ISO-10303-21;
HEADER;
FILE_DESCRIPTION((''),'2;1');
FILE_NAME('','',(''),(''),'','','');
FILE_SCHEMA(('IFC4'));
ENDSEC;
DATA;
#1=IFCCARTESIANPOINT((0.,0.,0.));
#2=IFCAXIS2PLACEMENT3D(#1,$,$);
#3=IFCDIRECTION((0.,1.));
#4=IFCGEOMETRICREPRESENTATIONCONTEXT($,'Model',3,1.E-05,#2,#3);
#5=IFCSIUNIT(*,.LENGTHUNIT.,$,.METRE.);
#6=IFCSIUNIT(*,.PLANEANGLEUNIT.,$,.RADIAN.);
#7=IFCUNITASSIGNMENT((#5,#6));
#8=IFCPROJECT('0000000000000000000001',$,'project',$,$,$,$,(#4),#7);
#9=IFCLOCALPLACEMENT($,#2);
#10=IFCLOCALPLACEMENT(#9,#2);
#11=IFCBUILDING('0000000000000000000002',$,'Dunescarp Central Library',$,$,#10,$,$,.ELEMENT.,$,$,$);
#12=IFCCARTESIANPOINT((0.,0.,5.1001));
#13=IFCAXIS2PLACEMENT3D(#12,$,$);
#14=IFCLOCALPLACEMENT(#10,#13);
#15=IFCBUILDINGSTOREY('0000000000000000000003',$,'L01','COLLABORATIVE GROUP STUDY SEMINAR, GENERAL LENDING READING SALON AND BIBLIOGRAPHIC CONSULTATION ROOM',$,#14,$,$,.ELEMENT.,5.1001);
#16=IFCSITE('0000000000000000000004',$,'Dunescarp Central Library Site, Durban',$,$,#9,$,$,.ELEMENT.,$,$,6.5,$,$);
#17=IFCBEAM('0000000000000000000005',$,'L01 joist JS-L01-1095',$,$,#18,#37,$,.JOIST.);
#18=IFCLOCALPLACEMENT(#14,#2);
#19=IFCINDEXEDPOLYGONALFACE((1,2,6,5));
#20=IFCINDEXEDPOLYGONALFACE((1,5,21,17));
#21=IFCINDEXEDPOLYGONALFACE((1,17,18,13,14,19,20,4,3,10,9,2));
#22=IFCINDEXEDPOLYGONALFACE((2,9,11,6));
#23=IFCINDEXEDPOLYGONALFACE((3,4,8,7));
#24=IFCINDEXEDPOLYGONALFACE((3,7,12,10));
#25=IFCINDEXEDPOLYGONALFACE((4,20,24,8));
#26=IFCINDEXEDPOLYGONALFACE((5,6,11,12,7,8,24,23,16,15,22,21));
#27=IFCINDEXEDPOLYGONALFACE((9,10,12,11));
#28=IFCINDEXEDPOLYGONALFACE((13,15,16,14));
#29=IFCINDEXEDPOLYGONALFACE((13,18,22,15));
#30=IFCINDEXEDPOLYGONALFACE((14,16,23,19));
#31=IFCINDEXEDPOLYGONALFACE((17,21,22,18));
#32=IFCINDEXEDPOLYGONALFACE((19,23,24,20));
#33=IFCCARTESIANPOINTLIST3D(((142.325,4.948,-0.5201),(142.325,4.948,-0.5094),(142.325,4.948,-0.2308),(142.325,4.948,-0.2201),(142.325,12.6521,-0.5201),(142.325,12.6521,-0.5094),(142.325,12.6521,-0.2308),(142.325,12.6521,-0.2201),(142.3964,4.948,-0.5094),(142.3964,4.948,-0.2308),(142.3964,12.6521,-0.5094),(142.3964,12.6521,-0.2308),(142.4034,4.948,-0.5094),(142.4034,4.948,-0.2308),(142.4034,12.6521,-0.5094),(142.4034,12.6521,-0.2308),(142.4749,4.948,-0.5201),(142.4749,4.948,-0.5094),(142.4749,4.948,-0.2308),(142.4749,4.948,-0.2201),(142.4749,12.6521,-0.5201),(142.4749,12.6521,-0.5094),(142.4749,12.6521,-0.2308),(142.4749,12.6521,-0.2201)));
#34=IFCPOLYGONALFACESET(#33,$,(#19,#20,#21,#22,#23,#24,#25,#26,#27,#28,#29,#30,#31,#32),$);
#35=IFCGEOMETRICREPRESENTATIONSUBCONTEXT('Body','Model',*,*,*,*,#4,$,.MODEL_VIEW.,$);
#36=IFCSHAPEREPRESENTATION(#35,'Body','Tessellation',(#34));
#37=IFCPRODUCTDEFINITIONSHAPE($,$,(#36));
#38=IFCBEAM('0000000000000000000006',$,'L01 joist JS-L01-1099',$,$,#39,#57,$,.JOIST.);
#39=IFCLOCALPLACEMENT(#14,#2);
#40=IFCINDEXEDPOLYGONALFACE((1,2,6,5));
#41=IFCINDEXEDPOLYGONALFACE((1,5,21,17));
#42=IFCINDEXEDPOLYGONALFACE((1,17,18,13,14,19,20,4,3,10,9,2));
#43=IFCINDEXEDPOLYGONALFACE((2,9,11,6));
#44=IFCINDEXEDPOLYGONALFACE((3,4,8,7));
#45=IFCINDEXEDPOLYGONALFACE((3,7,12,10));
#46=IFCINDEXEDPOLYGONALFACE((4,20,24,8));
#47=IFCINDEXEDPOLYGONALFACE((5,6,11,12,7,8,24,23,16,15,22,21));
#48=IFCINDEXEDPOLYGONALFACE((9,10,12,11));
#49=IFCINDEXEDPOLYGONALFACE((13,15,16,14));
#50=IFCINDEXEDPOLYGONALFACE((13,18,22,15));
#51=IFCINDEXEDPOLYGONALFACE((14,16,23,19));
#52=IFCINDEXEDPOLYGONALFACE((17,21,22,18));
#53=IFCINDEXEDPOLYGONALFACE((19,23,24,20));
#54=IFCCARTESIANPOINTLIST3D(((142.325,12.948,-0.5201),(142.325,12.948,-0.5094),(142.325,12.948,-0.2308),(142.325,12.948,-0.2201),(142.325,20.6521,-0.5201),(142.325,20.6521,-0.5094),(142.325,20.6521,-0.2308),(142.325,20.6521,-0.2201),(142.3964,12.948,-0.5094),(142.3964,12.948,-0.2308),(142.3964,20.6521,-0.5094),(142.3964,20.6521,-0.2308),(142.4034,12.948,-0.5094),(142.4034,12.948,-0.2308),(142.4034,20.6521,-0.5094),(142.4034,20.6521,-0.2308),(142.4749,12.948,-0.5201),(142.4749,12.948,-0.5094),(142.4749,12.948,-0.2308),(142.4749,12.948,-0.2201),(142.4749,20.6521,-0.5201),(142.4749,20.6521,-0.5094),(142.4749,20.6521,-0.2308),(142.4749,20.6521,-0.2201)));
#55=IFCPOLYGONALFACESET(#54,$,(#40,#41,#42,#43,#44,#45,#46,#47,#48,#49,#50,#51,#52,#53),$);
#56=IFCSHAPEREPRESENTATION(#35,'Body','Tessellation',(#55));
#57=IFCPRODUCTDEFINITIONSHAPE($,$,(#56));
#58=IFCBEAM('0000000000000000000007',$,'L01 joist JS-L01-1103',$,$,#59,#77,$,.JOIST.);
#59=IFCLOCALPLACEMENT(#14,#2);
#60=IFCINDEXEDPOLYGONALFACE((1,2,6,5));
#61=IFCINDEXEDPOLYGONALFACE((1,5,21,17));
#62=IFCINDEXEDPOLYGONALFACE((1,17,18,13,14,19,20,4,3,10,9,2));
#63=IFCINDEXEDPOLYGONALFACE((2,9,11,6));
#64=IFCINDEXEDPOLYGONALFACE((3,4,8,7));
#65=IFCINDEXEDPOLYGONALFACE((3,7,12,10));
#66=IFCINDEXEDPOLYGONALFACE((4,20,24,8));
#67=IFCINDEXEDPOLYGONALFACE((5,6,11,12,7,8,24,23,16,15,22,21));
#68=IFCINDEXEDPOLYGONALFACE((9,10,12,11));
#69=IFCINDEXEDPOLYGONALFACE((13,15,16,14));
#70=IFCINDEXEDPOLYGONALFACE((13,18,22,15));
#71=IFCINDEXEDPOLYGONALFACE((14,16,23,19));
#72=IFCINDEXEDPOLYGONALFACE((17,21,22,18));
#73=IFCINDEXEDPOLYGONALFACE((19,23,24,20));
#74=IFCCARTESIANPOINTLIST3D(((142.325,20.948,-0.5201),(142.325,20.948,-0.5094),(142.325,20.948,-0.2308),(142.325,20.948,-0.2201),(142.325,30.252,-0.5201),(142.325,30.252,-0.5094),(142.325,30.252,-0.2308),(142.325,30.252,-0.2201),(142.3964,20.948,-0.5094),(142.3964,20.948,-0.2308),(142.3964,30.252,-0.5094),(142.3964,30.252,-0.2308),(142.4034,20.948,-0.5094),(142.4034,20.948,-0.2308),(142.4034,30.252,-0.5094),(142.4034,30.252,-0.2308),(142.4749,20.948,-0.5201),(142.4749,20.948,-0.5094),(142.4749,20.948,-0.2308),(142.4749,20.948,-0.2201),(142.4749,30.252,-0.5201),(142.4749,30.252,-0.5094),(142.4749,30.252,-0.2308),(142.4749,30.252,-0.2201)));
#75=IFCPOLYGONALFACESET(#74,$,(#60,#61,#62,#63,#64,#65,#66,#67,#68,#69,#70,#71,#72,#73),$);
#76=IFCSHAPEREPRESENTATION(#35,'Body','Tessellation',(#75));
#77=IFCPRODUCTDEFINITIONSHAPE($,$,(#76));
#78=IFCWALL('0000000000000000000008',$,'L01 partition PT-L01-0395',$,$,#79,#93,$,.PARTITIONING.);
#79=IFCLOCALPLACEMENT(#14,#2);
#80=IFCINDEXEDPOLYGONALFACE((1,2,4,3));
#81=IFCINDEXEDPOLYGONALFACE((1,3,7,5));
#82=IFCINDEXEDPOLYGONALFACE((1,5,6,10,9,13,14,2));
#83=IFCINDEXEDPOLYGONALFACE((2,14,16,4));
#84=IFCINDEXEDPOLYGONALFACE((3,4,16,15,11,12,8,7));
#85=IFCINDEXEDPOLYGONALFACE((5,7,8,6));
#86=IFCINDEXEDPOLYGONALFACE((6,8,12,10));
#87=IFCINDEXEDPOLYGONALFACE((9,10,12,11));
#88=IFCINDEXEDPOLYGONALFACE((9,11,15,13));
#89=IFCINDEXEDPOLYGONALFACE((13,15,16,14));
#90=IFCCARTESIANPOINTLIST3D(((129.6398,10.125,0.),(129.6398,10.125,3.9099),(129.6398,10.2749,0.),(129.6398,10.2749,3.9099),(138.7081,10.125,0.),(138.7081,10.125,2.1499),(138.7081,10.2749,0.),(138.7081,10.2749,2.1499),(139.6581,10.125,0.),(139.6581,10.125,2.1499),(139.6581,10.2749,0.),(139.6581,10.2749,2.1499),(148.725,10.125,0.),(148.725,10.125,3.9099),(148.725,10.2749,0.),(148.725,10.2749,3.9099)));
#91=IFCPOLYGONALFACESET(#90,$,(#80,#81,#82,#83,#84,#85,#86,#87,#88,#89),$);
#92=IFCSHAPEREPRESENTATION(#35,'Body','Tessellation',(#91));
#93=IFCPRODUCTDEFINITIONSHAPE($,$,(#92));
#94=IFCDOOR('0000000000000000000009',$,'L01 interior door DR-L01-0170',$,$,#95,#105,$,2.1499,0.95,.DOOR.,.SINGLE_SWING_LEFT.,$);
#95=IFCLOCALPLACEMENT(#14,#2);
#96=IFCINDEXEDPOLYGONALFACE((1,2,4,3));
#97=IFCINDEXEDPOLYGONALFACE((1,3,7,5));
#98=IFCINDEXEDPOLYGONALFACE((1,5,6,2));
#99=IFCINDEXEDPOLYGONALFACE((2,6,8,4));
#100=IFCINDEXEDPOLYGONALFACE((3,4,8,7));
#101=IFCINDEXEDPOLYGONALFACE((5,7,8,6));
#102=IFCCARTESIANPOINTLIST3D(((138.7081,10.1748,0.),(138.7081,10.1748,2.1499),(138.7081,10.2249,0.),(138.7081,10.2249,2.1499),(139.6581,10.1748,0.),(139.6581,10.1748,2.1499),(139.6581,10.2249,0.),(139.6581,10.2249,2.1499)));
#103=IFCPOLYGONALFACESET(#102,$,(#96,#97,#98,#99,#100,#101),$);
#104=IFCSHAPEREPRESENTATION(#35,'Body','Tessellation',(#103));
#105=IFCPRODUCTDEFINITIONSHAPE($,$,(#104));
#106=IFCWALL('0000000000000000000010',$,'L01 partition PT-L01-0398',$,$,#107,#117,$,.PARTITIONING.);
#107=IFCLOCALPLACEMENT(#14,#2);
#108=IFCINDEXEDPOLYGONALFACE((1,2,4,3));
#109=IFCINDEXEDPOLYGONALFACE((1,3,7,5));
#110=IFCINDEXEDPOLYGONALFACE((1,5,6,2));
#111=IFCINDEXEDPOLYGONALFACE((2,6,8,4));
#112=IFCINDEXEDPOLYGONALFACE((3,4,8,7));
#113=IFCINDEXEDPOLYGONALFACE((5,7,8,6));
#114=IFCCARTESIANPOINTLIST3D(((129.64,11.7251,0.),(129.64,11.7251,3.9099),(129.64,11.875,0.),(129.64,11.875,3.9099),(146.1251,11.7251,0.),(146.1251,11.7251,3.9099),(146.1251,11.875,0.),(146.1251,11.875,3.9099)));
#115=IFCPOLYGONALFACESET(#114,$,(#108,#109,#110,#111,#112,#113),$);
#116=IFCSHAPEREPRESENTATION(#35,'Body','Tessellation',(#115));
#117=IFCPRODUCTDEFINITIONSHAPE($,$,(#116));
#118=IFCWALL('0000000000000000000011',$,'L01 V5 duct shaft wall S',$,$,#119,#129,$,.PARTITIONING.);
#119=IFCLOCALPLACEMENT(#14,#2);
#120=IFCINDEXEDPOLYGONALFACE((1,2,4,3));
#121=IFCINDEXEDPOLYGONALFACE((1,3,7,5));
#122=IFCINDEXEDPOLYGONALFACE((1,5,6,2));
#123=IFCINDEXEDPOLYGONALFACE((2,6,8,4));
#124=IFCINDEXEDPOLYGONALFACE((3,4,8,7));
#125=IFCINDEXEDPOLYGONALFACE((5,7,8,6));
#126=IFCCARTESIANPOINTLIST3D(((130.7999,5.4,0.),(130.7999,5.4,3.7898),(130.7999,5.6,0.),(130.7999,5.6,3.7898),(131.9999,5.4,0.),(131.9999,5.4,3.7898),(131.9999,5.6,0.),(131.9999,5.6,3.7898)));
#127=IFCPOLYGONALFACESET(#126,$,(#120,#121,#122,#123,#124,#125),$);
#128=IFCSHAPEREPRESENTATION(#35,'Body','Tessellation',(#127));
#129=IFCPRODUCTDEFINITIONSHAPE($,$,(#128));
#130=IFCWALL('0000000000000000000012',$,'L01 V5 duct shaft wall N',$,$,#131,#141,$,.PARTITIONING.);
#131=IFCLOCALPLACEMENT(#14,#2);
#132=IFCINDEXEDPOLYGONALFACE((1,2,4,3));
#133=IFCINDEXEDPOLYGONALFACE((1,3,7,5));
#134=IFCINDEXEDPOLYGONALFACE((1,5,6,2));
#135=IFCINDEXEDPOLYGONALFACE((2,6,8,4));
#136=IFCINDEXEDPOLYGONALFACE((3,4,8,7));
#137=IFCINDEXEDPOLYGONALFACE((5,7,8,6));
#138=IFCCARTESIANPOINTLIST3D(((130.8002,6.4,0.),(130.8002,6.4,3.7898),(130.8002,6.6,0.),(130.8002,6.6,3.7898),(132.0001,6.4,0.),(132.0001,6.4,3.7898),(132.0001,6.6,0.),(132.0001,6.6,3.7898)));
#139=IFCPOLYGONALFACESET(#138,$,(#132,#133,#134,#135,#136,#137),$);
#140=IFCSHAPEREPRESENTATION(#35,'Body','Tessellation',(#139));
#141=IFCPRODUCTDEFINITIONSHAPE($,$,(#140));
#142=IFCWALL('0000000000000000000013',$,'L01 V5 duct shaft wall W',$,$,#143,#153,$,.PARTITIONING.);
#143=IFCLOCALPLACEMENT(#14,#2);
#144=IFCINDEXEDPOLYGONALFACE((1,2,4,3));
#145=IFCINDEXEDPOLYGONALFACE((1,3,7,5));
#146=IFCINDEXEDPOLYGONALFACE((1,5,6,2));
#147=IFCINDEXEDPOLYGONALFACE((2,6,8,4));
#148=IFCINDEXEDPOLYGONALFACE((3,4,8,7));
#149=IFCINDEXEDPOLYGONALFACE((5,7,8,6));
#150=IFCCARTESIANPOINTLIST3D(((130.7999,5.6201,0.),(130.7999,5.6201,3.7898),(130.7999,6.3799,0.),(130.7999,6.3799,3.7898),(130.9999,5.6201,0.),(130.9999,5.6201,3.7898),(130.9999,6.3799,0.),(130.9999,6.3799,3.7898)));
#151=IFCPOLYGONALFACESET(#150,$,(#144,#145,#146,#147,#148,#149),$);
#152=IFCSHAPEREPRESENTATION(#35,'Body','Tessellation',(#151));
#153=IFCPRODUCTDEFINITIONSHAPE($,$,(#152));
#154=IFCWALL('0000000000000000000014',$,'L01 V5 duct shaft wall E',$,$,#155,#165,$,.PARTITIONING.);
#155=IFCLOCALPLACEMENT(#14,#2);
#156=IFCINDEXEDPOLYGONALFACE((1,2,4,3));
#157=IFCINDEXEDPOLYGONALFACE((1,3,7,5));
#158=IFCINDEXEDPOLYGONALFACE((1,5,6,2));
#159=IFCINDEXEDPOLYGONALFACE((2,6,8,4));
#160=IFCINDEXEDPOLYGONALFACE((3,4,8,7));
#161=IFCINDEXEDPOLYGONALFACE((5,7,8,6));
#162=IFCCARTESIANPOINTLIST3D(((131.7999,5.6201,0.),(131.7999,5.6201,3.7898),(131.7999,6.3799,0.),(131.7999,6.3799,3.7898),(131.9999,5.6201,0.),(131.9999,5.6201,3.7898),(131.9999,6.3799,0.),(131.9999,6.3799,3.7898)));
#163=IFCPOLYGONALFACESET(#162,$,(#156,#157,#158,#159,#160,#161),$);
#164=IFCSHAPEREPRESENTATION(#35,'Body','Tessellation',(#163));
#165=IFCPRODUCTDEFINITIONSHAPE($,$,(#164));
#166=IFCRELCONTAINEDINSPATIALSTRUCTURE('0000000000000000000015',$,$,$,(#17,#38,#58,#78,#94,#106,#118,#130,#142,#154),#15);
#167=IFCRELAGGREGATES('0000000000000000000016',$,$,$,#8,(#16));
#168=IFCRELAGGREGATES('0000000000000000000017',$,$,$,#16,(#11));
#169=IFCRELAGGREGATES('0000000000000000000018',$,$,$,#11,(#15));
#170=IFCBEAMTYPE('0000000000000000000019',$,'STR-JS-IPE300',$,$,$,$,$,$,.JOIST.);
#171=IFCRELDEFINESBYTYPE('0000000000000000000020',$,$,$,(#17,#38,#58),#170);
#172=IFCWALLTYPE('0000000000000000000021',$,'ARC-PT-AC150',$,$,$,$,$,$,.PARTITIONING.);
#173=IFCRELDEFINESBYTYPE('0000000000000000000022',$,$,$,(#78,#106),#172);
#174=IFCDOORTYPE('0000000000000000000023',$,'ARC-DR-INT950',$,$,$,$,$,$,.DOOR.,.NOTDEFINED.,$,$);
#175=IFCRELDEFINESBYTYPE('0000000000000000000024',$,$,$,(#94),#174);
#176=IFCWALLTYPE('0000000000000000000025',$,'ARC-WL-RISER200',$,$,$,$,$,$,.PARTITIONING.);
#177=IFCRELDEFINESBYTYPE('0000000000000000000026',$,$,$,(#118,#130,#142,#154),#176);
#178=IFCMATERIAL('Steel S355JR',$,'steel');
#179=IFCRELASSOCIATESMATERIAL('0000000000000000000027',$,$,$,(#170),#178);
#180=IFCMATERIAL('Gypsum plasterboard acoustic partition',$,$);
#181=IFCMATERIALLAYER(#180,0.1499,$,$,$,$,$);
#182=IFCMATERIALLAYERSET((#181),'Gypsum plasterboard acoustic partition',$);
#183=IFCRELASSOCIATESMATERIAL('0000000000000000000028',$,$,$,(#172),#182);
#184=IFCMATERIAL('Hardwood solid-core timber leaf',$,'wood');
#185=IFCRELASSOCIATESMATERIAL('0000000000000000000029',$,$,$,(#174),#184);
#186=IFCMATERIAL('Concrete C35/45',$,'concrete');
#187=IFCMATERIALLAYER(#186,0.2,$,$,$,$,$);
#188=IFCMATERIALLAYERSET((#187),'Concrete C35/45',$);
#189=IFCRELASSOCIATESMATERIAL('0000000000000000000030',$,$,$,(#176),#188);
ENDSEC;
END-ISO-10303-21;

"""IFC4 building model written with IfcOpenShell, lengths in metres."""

from ifc_helpers import new_model, si_unit, direction, frame, frame_2d, origin, origin_2d, place, context, subcontext, project, spatial, rectangle, i_section, extrude, material, layer, layer_set, material_profile, profile_set, type_object, element, fill, save


model = new_model("IFC4")

# Units and contexts
model_context = context("Model", 3, precision=1e-05, world=origin(), true_north=direction((0.0, 1.0)))
body_context = subcontext(model_context, "Body", "Model", "MODEL_VIEW")
ifc_project = project(units=[si_unit("LENGTHUNIT", "METRE"), si_unit("PLANEANGLEUNIT", "RADIAN")], contexts=[model_context])

# Site, building, storey
site_placement = place(None, origin())
site = spatial("IfcSite", under=ifc_project, at=site_placement, Name="Dunescarp Central Library Site, Durban", CompositionType="ELEMENT", RefElevation=6.5)
building_placement = place(site_placement, origin())
building = spatial("IfcBuilding", under=site, at=building_placement, Name="Dunescarp Central Library", CompositionType="ELEMENT")
storey_placement = place(building_placement, frame((0.0, 0.0, 5.1001)))
storey = spatial("IfcBuildingStorey", under=building, at=storey_placement, Name="L01", Description="COLLABORATIVE GROUP STUDY SEMINAR, GENERAL LENDING READING SALON AND BIBLIOGRAPHIC CONSULTATION ROOM", CompositionType="ELEMENT", Elevation=5.1001)

# Shared definitions
ifc_material_1 = material(Name="Steel S355JR", Category="steel")

# Beams
ifc_material_profile_1 = material_profile(ifc_material_1, i_section(OverallWidth=0.1499, OverallDepth=0.3, WebThickness=0.0071, FlangeThickness=0.0107, at=origin_2d()), Name="IPE 300")
ifc_profile_set_1 = profile_set([ifc_material_profile_1], Name="Steel S355JR")
beam_type_1 = type_object("IfcBeamType", Name="STR-JS-IPE300", PredefinedType="JOIST", material=ifc_profile_set_1)
for number, where, z_axis, x_axis, name in (
    (1, (142.3999, 4.948, -0.3701), (0.0, 1.0, 0.0), (-1.0, 0.0, 0.0), "L01 joist JS-L01-1095"),
    (2, (142.3999, 12.948, -0.3701), (0.0, 1.0, 0.0), (-1.0, 0.0, 0.0), "L01 joist JS-L01-1099"),
):
    element("IfcBeam", number, at=place(storey_placement, frame(where, z_axis=z_axis, x_axis=x_axis)), inside=storey, type_object=beam_type_1, Name=name, PredefinedType="JOIST", context=body_context, shape_type="SweptSolid", body=[
        extrude(i_section(OverallWidth=0.1499, OverallDepth=0.3, WebThickness=0.0071, FlangeThickness=0.0107, at=origin_2d()), origin(), (0.0, 0.0, 1.0), 7.7041),
    ])
beam_placement = place(storey_placement, frame((142.3999, 20.948, -0.3701), z_axis=(0.0, 1.0, 0.0), x_axis=(-1.0, 0.0, 0.0)))
element("IfcBeam", 3, at=beam_placement, inside=storey, type_object=beam_type_1, Name="L01 joist JS-L01-1103", PredefinedType="JOIST", context=body_context, shape_type="SweptSolid", body=[
    extrude(i_section(OverallWidth=0.1499, OverallDepth=0.3, WebThickness=0.0071, FlangeThickness=0.0107, at=origin_2d()), origin(), (0.0, 0.0, 1.0), 9.304),
])

# Wall, opening, door
ifc_material_2 = material(Name="Gypsum plasterboard acoustic partition")
ifc_layer_1 = layer(ifc_material_2, 0.1499)
ifc_layer_set_1 = layer_set([ifc_layer_1], Name="Gypsum plasterboard acoustic partition")
wall_type_1 = type_object("IfcWallType", Name="ARC-PT-AC150", PredefinedType="PARTITIONING", material=ifc_layer_set_1)
wall_1_placement = place(storey_placement, frame((129.6399, 10.2, 0.0), z_axis=(0.0, 0.0, 1.0), x_axis=(1.0, 0.0, 0.0)))
wall_1 = element("IfcWall", 4, at=wall_1_placement, inside=storey, type_object=wall_type_1, Name="L01 partition PT-L01-0395", PredefinedType="PARTITIONING", context=body_context, shape_type="SweptSolid", body=[
    extrude(rectangle(XDim=19.0852, YDim=0.1499, at=frame_2d((9.5425, 0.0))), origin(), (0.0, 0.0, 1.0), 3.9099),
])
opening_placement = place(wall_1_placement, frame((9.0681, 0.0, 0.0)))
opening = element("IfcOpeningElement", 5, at=opening_placement, cuts=wall_1, PredefinedType="OPENING", context=body_context, shape_type="SweptSolid", body=[
    extrude(rectangle(XDim=0.95, YDim=2.1499, at=frame_2d((0.4751, 1.075))), frame((0.0, 0.085, 0.0), z_axis=(0.0, -1.0, 0.0), x_axis=(1.0, 0.0, 0.0)), (0.0, 0.0, 1.0), 0.1699),
])
ifc_material_3 = material(Name="Hardwood solid-core timber leaf", Category="wood")
door_type = type_object("IfcDoorType", Name="ARC-DR-INT950", OperationType="NOTDEFINED", PredefinedType="DOOR", material=ifc_material_3)
door_placement = place(opening_placement, origin())
door = element("IfcDoor", 6, at=door_placement, inside=storey, type_object=door_type, Name="L01 interior door DR-L01-0170", OperationType="SINGLE_SWING_LEFT", OverallHeight=2.1499, OverallWidth=0.95, PredefinedType="DOOR", context=body_context, shape_type="SweptSolid", body=[
    extrude(rectangle(XDim=0.95, YDim=2.1499, at=frame_2d((0.4751, 1.075))), frame((0.0, 0.0249, 0.0), z_axis=(0.0, -1.0, 0.0), x_axis=(1.0, 0.0, 0.0)), (0.0, 0.0, 1.0), 0.05),
])
fill(opening, door)

# Walls
wall_2_placement = place(storey_placement, frame((129.6399, 11.8, 0.0), z_axis=(0.0, 0.0, 1.0), x_axis=(1.0, 0.0, 0.0)))
element("IfcWall", 7, at=wall_2_placement, inside=storey, type_object=wall_type_1, Name="L01 partition PT-L01-0398", PredefinedType="PARTITIONING", context=body_context, shape_type="SweptSolid", body=[
    extrude(rectangle(XDim=16.4851, YDim=0.1499, at=frame_2d((8.2427, 0.0))), origin(), (0.0, 0.0, 1.0), 3.9099),
])
ifc_material_4 = material(Name="Concrete C35/45", Category="concrete")
ifc_layer_2 = layer(ifc_material_4, 0.2)
ifc_layer_set_2 = layer_set([ifc_layer_2], Name="Concrete C35/45")
wall_type_2 = type_object("IfcWallType", Name="ARC-WL-RISER200", PredefinedType="PARTITIONING", material=ifc_layer_set_2)
for number, where, z_axis, x_axis, name in (
    (8, (132.0, 5.5, 0.0), (0.0, 0.0, 1.0), (-1.0, 0.0, 0.0), "L01 V5 duct shaft wall S"),
    (9, (130.8, 6.5, 0.0), (0.0, 0.0, 1.0), (1.0, 0.0, 0.0), "L01 V5 duct shaft wall N"),
):
    element("IfcWall", number, at=place(storey_placement, frame(where, z_axis=z_axis, x_axis=x_axis)), inside=storey, type_object=wall_type_2, Name=name, PredefinedType="PARTITIONING", context=body_context, shape_type="SweptSolid", body=[
        extrude(rectangle(XDim=1.2, YDim=0.2, at=frame_2d((0.6001, 0.0))), origin(), (0.0, 0.0, 1.0), 3.7898),
    ])
for number, where, z_axis, x_axis, name in (
    (10, (130.8999, 5.6201, 0.0), (0.0, 0.0, 1.0), (0.0, 1.0, 0.0), "L01 V5 duct shaft wall W"),
    (11, (131.8999, 6.3799, 0.0), (0.0, 0.0, 1.0), (0.0, -1.0, 0.0), "L01 V5 duct shaft wall E"),
):
    element("IfcWall", number, at=place(storey_placement, frame(where, z_axis=z_axis, x_axis=x_axis)), inside=storey, type_object=wall_type_2, Name=name, PredefinedType="PARTITIONING", context=body_context, shape_type="SweptSolid", body=[
        extrude(rectangle(XDim=0.7598, YDim=0.2, at=frame_2d((0.3799, 0.0))), origin(), (0.0, 0.0, 1.0), 3.7898),
    ])

save(model, "model.ifc")
